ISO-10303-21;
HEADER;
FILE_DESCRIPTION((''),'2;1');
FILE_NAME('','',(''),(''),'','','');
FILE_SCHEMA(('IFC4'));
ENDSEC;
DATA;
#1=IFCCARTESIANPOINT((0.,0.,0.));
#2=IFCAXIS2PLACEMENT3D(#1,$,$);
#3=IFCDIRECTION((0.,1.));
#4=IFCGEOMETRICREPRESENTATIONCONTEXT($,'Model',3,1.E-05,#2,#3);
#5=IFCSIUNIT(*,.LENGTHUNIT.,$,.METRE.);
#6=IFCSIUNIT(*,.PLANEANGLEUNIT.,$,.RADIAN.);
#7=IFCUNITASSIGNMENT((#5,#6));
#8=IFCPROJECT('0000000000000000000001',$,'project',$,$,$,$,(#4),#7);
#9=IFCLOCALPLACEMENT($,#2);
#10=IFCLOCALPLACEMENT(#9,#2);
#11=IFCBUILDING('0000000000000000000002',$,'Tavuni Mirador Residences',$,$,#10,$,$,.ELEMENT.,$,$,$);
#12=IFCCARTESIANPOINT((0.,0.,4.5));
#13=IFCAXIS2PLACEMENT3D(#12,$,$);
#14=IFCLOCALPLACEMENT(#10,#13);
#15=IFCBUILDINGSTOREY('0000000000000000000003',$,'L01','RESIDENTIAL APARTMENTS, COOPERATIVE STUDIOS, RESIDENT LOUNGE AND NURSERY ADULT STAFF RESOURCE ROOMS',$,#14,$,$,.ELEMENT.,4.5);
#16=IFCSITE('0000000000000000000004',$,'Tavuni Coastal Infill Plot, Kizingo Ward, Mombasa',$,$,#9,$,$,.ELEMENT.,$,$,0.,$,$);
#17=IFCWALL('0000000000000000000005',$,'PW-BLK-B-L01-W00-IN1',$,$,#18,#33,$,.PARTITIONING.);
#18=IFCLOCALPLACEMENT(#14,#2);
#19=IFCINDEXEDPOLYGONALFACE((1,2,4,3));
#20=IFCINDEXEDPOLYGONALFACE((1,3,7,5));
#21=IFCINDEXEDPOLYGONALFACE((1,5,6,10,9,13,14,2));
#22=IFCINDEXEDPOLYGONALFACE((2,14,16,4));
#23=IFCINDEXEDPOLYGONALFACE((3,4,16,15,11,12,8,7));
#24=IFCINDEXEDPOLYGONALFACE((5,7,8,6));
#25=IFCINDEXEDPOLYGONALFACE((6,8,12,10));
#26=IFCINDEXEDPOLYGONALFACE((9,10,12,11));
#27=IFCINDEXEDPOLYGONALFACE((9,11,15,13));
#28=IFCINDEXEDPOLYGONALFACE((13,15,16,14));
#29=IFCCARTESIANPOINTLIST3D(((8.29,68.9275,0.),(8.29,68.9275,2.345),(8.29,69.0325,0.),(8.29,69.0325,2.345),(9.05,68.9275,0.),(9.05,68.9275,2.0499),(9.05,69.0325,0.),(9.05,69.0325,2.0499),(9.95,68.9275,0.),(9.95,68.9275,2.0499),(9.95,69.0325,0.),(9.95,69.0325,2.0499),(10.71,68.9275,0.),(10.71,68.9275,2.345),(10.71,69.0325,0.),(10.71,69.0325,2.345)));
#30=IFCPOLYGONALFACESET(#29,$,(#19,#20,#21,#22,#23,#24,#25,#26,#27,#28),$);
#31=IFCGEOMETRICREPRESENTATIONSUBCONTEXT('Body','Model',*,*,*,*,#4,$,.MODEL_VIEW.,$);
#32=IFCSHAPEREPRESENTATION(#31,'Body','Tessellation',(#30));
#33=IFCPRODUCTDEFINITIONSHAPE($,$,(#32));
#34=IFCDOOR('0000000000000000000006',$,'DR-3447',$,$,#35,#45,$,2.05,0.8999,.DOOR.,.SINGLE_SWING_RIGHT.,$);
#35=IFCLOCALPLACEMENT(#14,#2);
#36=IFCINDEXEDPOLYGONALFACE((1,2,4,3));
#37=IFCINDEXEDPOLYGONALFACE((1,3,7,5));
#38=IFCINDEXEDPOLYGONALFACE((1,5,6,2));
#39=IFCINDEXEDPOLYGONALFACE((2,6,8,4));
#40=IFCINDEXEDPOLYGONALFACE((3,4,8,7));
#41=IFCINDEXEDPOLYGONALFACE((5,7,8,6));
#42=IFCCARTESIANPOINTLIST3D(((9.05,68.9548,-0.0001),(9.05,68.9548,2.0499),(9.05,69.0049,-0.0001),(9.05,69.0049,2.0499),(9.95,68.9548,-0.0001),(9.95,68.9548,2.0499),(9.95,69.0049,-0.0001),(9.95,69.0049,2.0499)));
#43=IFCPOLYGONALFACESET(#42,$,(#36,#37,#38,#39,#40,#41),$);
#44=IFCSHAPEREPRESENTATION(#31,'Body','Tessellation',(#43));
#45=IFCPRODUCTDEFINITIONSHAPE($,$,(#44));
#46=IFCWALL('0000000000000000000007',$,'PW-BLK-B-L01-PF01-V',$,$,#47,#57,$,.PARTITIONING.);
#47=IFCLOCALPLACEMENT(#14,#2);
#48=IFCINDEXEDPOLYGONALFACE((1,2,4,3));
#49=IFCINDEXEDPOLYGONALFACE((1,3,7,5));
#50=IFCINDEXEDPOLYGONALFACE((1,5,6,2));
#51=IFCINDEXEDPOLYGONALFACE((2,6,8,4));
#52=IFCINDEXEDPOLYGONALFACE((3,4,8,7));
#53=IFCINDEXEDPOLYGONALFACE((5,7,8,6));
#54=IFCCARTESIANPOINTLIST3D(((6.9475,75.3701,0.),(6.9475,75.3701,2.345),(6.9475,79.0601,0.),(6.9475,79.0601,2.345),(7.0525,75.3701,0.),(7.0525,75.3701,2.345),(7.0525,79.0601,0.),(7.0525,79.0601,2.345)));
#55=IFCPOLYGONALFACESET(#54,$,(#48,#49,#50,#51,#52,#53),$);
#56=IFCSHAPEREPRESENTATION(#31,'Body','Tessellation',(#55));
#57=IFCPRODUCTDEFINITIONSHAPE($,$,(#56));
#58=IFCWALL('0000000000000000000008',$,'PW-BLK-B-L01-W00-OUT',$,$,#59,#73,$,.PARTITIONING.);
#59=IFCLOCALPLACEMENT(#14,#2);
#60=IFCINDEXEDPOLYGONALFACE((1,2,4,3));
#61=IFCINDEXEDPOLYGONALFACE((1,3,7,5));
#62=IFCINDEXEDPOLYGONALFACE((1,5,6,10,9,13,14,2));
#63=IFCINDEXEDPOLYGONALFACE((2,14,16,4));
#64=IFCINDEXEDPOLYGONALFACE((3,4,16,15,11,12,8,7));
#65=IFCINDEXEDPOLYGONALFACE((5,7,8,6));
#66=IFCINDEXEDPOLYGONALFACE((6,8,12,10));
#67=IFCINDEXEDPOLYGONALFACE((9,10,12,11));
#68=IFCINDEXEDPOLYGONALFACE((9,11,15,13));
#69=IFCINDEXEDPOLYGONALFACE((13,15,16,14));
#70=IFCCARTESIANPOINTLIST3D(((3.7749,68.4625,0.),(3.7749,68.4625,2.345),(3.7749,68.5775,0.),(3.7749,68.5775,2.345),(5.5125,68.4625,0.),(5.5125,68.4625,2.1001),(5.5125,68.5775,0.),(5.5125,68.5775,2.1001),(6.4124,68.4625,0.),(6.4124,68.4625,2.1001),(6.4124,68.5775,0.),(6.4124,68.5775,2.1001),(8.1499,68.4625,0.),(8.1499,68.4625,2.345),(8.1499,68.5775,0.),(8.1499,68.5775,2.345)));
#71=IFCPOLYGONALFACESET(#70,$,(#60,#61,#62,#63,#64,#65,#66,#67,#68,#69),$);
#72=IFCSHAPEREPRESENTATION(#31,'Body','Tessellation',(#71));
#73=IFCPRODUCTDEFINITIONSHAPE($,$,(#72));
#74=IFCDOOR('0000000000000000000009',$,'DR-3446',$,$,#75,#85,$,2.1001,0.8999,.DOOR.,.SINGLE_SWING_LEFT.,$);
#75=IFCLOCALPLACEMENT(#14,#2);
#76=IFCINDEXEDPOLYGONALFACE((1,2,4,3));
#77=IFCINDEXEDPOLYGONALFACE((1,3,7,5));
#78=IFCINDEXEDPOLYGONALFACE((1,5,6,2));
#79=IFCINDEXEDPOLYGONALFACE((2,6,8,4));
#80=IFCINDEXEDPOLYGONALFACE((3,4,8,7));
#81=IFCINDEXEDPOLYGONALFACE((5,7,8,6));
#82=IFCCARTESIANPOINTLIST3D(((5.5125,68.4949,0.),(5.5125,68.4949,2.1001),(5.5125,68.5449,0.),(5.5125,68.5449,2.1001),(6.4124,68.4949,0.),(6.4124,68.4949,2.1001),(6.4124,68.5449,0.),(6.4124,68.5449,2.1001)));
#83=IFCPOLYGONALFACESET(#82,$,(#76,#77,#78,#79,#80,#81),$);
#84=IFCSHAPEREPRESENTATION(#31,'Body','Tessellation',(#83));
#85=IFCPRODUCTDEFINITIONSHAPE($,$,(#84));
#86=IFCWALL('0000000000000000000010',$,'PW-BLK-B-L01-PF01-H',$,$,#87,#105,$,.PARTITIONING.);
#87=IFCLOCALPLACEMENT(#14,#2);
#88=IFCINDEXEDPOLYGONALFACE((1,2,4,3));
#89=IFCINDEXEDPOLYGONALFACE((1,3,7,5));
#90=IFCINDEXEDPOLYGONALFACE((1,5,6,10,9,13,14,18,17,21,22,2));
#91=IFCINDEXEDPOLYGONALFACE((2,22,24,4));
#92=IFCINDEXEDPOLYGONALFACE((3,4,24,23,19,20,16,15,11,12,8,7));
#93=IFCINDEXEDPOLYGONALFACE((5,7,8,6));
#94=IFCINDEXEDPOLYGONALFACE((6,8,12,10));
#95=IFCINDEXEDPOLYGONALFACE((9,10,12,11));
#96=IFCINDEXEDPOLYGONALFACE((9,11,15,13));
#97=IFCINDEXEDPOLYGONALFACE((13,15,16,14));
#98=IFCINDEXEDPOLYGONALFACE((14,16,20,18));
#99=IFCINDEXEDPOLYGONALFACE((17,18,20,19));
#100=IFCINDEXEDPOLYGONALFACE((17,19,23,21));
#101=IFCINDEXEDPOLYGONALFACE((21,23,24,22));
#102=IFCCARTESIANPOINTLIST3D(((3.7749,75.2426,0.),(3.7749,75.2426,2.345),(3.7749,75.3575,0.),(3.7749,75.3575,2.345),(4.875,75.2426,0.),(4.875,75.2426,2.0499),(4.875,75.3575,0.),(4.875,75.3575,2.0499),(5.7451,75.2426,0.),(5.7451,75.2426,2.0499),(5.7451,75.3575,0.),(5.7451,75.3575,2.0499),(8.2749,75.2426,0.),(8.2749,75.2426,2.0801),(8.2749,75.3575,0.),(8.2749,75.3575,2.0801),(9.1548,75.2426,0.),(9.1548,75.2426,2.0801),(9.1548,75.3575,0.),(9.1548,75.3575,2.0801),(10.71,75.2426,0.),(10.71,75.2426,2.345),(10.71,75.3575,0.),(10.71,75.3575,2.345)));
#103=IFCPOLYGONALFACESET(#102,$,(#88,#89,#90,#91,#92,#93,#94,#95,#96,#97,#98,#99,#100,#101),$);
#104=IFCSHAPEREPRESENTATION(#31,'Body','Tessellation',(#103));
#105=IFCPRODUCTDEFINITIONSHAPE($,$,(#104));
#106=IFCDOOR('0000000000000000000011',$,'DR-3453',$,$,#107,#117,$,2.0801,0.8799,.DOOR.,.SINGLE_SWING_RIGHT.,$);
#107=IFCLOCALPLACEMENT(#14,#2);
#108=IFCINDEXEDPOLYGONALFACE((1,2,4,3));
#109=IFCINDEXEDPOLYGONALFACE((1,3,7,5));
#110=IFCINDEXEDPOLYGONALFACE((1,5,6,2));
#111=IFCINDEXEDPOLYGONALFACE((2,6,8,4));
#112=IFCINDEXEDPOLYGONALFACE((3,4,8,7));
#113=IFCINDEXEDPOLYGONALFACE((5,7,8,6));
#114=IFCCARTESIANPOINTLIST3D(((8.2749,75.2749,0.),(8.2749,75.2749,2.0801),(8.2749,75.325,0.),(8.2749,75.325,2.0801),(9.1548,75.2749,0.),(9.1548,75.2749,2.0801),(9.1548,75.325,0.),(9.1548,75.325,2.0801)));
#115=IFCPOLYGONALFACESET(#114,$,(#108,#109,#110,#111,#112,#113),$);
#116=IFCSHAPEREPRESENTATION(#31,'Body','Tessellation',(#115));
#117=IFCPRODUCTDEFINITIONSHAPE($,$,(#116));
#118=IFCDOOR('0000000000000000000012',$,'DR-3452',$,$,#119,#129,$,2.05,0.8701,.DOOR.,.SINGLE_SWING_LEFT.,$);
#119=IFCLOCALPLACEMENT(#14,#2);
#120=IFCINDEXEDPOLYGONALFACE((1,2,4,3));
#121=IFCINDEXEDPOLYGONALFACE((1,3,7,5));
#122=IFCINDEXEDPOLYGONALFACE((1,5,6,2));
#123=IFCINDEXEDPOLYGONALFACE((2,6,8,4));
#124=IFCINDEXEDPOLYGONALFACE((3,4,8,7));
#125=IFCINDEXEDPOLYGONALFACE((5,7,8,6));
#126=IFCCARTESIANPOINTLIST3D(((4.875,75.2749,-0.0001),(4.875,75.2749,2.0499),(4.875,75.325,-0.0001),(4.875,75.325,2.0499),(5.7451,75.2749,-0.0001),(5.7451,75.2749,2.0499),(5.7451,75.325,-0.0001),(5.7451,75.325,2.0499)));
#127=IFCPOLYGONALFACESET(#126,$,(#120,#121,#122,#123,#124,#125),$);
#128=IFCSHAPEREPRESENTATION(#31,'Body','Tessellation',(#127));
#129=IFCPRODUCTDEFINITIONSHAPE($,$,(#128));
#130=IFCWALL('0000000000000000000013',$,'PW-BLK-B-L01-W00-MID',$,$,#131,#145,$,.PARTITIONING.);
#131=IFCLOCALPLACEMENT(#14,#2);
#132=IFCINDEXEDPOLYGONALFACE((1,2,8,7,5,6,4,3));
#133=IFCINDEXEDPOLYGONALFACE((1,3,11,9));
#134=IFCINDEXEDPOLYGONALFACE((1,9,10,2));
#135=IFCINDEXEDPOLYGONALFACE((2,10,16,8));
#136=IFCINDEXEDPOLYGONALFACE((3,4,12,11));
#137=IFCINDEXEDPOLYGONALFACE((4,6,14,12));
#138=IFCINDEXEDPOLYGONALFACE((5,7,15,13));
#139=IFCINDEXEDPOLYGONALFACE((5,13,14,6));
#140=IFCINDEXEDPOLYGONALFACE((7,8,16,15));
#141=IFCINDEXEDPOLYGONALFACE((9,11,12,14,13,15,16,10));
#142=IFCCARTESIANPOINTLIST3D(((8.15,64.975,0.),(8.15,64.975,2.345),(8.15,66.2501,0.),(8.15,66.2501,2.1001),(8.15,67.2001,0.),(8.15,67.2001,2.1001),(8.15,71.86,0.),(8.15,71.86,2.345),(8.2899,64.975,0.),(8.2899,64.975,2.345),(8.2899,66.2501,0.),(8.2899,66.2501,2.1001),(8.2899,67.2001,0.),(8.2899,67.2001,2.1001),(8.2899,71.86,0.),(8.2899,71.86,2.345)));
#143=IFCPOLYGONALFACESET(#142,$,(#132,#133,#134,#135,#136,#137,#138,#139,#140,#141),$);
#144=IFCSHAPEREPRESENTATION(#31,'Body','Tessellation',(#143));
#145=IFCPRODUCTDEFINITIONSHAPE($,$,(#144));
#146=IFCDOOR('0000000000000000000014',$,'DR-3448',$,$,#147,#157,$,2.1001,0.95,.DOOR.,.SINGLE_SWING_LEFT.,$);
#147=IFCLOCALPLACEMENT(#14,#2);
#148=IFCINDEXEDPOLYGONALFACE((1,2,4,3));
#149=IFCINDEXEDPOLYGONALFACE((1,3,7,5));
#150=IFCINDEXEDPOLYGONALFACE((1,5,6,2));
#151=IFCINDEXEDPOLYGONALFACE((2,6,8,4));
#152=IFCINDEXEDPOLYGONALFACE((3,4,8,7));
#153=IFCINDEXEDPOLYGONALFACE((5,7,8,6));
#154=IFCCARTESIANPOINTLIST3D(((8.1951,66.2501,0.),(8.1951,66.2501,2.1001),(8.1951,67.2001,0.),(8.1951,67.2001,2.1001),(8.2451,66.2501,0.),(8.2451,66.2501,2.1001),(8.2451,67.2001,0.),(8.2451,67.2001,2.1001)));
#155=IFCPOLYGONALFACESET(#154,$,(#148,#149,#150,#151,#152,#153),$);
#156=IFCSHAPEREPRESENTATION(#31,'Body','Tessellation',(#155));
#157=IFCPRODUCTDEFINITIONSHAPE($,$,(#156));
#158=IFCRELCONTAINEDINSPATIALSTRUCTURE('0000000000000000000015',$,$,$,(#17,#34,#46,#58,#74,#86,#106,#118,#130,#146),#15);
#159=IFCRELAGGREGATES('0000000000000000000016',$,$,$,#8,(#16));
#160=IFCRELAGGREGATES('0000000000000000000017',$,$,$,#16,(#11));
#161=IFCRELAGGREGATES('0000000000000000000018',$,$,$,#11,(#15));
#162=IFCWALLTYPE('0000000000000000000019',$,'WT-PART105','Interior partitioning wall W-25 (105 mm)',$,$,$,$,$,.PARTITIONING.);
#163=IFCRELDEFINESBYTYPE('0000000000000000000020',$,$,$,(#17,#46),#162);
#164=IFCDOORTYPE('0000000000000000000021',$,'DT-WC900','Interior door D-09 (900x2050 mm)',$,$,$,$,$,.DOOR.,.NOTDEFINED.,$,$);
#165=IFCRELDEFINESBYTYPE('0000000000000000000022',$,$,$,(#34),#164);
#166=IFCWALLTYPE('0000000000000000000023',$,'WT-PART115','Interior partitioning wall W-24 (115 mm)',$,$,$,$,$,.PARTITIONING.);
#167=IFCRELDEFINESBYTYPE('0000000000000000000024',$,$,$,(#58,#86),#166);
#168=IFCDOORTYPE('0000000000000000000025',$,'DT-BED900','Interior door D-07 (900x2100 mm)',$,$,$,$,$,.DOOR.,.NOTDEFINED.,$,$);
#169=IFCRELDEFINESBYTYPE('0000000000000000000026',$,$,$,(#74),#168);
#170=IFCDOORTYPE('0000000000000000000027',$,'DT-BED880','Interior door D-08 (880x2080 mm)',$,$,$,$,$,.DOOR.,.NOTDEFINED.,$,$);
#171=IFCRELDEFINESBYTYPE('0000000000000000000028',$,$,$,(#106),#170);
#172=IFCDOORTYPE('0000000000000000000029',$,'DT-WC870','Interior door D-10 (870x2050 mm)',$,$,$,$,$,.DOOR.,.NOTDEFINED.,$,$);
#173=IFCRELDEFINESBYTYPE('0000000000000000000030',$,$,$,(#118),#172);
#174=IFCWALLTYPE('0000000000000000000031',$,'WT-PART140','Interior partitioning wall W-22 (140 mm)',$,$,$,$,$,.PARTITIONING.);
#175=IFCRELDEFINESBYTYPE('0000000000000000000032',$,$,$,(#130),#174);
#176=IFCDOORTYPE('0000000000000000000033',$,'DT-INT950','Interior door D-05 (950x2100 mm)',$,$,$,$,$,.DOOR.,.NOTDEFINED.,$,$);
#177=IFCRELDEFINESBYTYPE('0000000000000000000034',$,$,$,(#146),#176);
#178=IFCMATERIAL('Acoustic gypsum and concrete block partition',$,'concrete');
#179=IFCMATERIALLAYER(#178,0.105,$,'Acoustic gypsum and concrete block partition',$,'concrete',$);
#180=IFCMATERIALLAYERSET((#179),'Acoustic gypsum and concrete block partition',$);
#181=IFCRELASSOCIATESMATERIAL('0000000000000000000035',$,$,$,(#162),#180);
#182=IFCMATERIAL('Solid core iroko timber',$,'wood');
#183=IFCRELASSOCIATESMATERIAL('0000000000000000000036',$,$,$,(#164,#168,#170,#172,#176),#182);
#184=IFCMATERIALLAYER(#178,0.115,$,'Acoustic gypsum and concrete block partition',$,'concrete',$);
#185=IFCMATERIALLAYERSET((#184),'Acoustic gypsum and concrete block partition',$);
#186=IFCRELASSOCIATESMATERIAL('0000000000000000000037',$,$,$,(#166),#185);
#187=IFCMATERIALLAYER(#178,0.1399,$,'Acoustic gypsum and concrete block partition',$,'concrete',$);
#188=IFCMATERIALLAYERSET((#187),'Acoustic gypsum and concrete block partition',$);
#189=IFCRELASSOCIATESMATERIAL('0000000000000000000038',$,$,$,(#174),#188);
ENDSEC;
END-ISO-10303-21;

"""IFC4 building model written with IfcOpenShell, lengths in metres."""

from ifc_helpers import new_model, si_unit, direction, frame, frame_2d, origin, place, context, subcontext, project, spatial, rectangle, extrude, material, layer, layer_set, type_object, element, fill, save


model = new_model("IFC4")

# Units and contexts
model_context = context("Model", 3, precision=1e-05, world=origin(), true_north=direction((0.0, 1.0)))
body_context = subcontext(model_context, "Body", "Model", "MODEL_VIEW")
ifc_project = project(units=[si_unit("LENGTHUNIT", "METRE"), si_unit("PLANEANGLEUNIT", "RADIAN")], contexts=[model_context])

# Site, building, storey
site_placement = place(None, origin())
site = spatial("IfcSite", under=ifc_project, at=site_placement, Name="Tavuni Coastal Infill Plot, Kizingo Ward, Mombasa", CompositionType="ELEMENT", RefElevation=0.0)
building_placement = place(site_placement, origin())
building = spatial("IfcBuilding", under=site, at=building_placement, Name="Tavuni Mirador Residences", CompositionType="ELEMENT")
storey_placement = place(building_placement, frame((0.0, 0.0, 4.5)))
storey = spatial("IfcBuildingStorey", under=building, at=storey_placement, Name="L01", Description="RESIDENTIAL APARTMENTS, COOPERATIVE STUDIOS, RESIDENT LOUNGE AND NURSERY ADULT STAFF RESOURCE ROOMS", CompositionType="ELEMENT", Elevation=4.5)

# Shared definitions
ifc_material_1 = material(Name="Solid core iroko timber", Category="wood")

# Wall, opening, door
ifc_material_2 = material(Name="Acoustic gypsum and concrete block partition", Category="concrete")
ifc_layer_1 = layer(ifc_material_2, 0.105, Name="Acoustic gypsum and concrete block partition", Category="concrete")
ifc_layer_set_1 = layer_set([ifc_layer_1], Name="Acoustic gypsum and concrete block partition")
wall_type_1 = type_object("IfcWallType", Name="WT-PART105", Description="Interior partitioning wall W-25 (105 mm)", PredefinedType="PARTITIONING", material=ifc_layer_set_1)
wall_1_placement = place(storey_placement, frame((8.29, 68.98, 0.0), z_axis=(0.0, 0.0, 1.0), x_axis=(1.0, 0.0, 0.0)))
wall_1 = element("IfcWall", 1, at=wall_1_placement, inside=storey, type_object=wall_type_1, Name="PW-BLK-B-L01-W00-IN1", PredefinedType="PARTITIONING", context=body_context, shape_type="SweptSolid", body=[
    extrude(rectangle(XDim=2.4199, YDim=0.105, at=frame_2d((1.21, 0.0))), origin(), (0.0, 0.0, 1.0), 2.345),
])
opening_1_placement = place(wall_1_placement, frame((0.76, 0.0, 0.0)))
opening_1 = element("IfcOpeningElement", 2, at=opening_1_placement, cuts=wall_1, PredefinedType="OPENING", context=body_context, shape_type="SweptSolid", body=[
    extrude(rectangle(XDim=0.8999, YDim=2.05, at=frame_2d((0.45, 1.0249))), frame((0.0, 0.0625, 0.0), z_axis=(0.0, -1.0, 0.0), x_axis=(1.0, 0.0, 0.0)), (0.0, 0.0, 1.0), 0.125),
])
door_type_1 = type_object("IfcDoorType", Name="DT-WC900", Description="Interior door D-09 (900x2050 mm)", OperationType="NOTDEFINED", PredefinedType="DOOR", material=ifc_material_1)
door_1_placement = place(opening_1_placement, origin())
door_1 = element("IfcDoor", 3, at=door_1_placement, inside=storey, type_object=door_type_1, Name="DR-3447", OperationType="SINGLE_SWING_RIGHT", OverallHeight=2.05, OverallWidth=0.8999, PredefinedType="DOOR", context=body_context, shape_type="SweptSolid", body=[
    extrude(rectangle(XDim=0.8999, YDim=2.05, at=frame_2d((0.45, 1.0249))), frame((0.0, 0.0249, 0.0), z_axis=(0.0, -1.0, 0.0), x_axis=(1.0, 0.0, 0.0)), (0.0, 0.0, 1.0), 0.05),
])
fill(opening_1, door_1)

# Wall
wall_2_placement = place(storey_placement, frame((7.0, 75.3701, 0.0), z_axis=(0.0, 0.0, 1.0), x_axis=(0.0, 1.0, 0.0)))
element("IfcWall", 4, at=wall_2_placement, inside=storey, type_object=wall_type_1, Name="PW-BLK-B-L01-PF01-V", PredefinedType="PARTITIONING", context=body_context, shape_type="SweptSolid", body=[
    extrude(rectangle(XDim=3.6899, YDim=0.105, at=frame_2d((1.845, 0.0))), origin(), (0.0, 0.0, 1.0), 2.345),
])

# Wall, opening, door
ifc_layer_2 = layer(ifc_material_2, 0.115, Name="Acoustic gypsum and concrete block partition", Category="concrete")
ifc_layer_set_2 = layer_set([ifc_layer_2], Name="Acoustic gypsum and concrete block partition")
wall_type_2 = type_object("IfcWallType", Name="WT-PART115", Description="Interior partitioning wall W-24 (115 mm)", PredefinedType="PARTITIONING", material=ifc_layer_set_2)
wall_3_placement = place(storey_placement, frame((3.7749, 68.52, 0.0), z_axis=(0.0, 0.0, 1.0), x_axis=(1.0, 0.0, 0.0)))
wall_3 = element("IfcWall", 5, at=wall_3_placement, inside=storey, type_object=wall_type_2, Name="PW-BLK-B-L01-W00-OUT", PredefinedType="PARTITIONING", context=body_context, shape_type="SweptSolid", body=[
    extrude(rectangle(XDim=4.375, YDim=0.115, at=frame_2d((2.1875, 0.0))), origin(), (0.0, 0.0, 1.0), 2.345),
])
opening_2_placement = place(wall_3_placement, frame((1.7375, 0.0, 0.0)))
opening_2 = element("IfcOpeningElement", 6, at=opening_2_placement, cuts=wall_3, PredefinedType="OPENING", context=body_context, shape_type="SweptSolid", body=[
    extrude(rectangle(XDim=0.8999, YDim=2.1001, at=frame_2d((0.45, 1.05))), frame((0.0, 0.0674, 0.0), z_axis=(0.0, -1.0, 0.0), x_axis=(1.0, 0.0, 0.0)), (0.0, 0.0, 1.0), 0.135),
])
door_type_2 = type_object("IfcDoorType", Name="DT-BED900", Description="Interior door D-07 (900x2100 mm)", OperationType="NOTDEFINED", PredefinedType="DOOR", material=ifc_material_1)
door_2_placement = place(opening_2_placement, origin())
door_2 = element("IfcDoor", 7, at=door_2_placement, inside=storey, type_object=door_type_2, Name="DR-3446", OperationType="SINGLE_SWING_LEFT", OverallHeight=2.1001, OverallWidth=0.8999, PredefinedType="DOOR", context=body_context, shape_type="SweptSolid", body=[
    extrude(rectangle(XDim=0.8999, YDim=2.1001, at=frame_2d((0.45, 1.05))), frame((0.0, 0.0249, 0.0), z_axis=(0.0, -1.0, 0.0), x_axis=(1.0, 0.0, 0.0)), (0.0, 0.0, 1.0), 0.05),
])
fill(opening_2, door_2)

# Wall, openings, doors
wall_4_placement = place(storey_placement, frame((3.7749, 75.3, 0.0), z_axis=(0.0, 0.0, 1.0), x_axis=(1.0, 0.0, 0.0)))
wall_4 = element("IfcWall", 8, at=wall_4_placement, inside=storey, type_object=wall_type_2, Name="PW-BLK-B-L01-PF01-H", PredefinedType="PARTITIONING", context=body_context, shape_type="SweptSolid", body=[
    extrude(rectangle(XDim=6.9351, YDim=0.115, at=frame_2d((3.4675, 0.0))), origin(), (0.0, 0.0, 1.0), 2.345),
])
opening_3_placement = place(wall_4_placement, frame((1.1001, 0.0, 0.0)))
opening_3 = element("IfcOpeningElement", 9, at=opening_3_placement, cuts=wall_4, PredefinedType="OPENING", context=body_context, shape_type="SweptSolid", body=[
    extrude(rectangle(XDim=0.8701, YDim=2.05, at=frame_2d((0.4351, 1.0249))), frame((0.0, 0.0674, 0.0), z_axis=(0.0, -1.0, 0.0), x_axis=(1.0, 0.0, 0.0)), (0.0, 0.0, 1.0), 0.135),
])
opening_4_placement = place(wall_4_placement, frame((4.5, 0.0, 0.0)))
opening_4 = element("IfcOpeningElement", 10, at=opening_4_placement, cuts=wall_4, PredefinedType="OPENING", context=body_context, shape_type="SweptSolid", body=[
    extrude(rectangle(XDim=0.8799, YDim=2.0801, at=frame_2d((0.4399, 1.04))), frame((0.0, 0.0674, 0.0), z_axis=(0.0, -1.0, 0.0), x_axis=(1.0, 0.0, 0.0)), (0.0, 0.0, 1.0), 0.135),
])
door_type_3 = type_object("IfcDoorType", Name="DT-BED880", Description="Interior door D-08 (880x2080 mm)", OperationType="NOTDEFINED", PredefinedType="DOOR", material=ifc_material_1)
door_3_placement = place(opening_4_placement, origin())
door_3 = element("IfcDoor", 11, at=door_3_placement, inside=storey, type_object=door_type_3, Name="DR-3453", OperationType="SINGLE_SWING_RIGHT", OverallHeight=2.0801, OverallWidth=0.8799, PredefinedType="DOOR", context=body_context, shape_type="SweptSolid", body=[
    extrude(rectangle(XDim=0.8799, YDim=2.0801, at=frame_2d((0.4399, 1.04))), frame((0.0, 0.0249, 0.0), z_axis=(0.0, -1.0, 0.0), x_axis=(1.0, 0.0, 0.0)), (0.0, 0.0, 1.0), 0.05),
])
fill(opening_4, door_3)
door_type_4 = type_object("IfcDoorType", Name="DT-WC870", Description="Interior door D-10 (870x2050 mm)", OperationType="NOTDEFINED", PredefinedType="DOOR", material=ifc_material_1)
door_4_placement = place(opening_3_placement, origin())
door_4 = element("IfcDoor", 12, at=door_4_placement, inside=storey, type_object=door_type_4, Name="DR-3452", OperationType="SINGLE_SWING_LEFT", OverallHeight=2.05, OverallWidth=0.8701, PredefinedType="DOOR", context=body_context, shape_type="SweptSolid", body=[
    extrude(rectangle(XDim=0.8701, YDim=2.05, at=frame_2d((0.4351, 1.0249))), frame((0.0, 0.0249, 0.0), z_axis=(0.0, -1.0, 0.0), x_axis=(1.0, 0.0, 0.0)), (0.0, 0.0, 1.0), 0.05),
])
fill(opening_3, door_4)

# Wall, opening, door
ifc_layer_3 = layer(ifc_material_2, 0.1399, Name="Acoustic gypsum and concrete block partition", Category="concrete")
ifc_layer_set_3 = layer_set([ifc_layer_3], Name="Acoustic gypsum and concrete block partition")
wall_type_3 = type_object("IfcWallType", Name="WT-PART140", Description="Interior partitioning wall W-22 (140 mm)", PredefinedType="PARTITIONING", material=ifc_layer_set_3)
wall_5_placement = place(storey_placement, frame((8.22, 64.9751, 0.0), z_axis=(0.0, 0.0, 1.0), x_axis=(0.0, 1.0, 0.0)))
wall_5 = element("IfcWall", 13, at=wall_5_placement, inside=storey, type_object=wall_type_3, Name="PW-BLK-B-L01-W00-MID", PredefinedType="PARTITIONING", context=body_context, shape_type="SweptSolid", body=[
    extrude(rectangle(XDim=6.885, YDim=0.1399, at=frame_2d((3.4424, 0.0))), origin(), (0.0, 0.0, 1.0), 2.345),
])
opening_5_placement = place(wall_5_placement, frame((1.2749, 0.0, 0.0)))
opening_5 = element("IfcOpeningElement", 14, at=opening_5_placement, cuts=wall_5, PredefinedType="OPENING", context=body_context, shape_type="SweptSolid", body=[
    extrude(rectangle(XDim=0.95, YDim=2.1001, at=frame_2d((0.4751, 1.05))), frame((0.0, 0.0801, 0.0), z_axis=(0.0, -1.0, 0.0), x_axis=(1.0, 0.0, 0.0)), (0.0, 0.0, 1.0), 0.1599),
])
door_type_5 = type_object("IfcDoorType", Name="DT-INT950", Description="Interior door D-05 (950x2100 mm)", OperationType="NOTDEFINED", PredefinedType="DOOR", material=ifc_material_1)
door_5_placement = place(opening_5_placement, origin())
door_5 = element("IfcDoor", 15, at=door_5_placement, inside=storey, type_object=door_type_5, Name="DR-3448", OperationType="SINGLE_SWING_LEFT", OverallHeight=2.1001, OverallWidth=0.95, PredefinedType="DOOR", context=body_context, shape_type="SweptSolid", body=[
    extrude(rectangle(XDim=0.95, YDim=2.1001, at=frame_2d((0.4751, 1.05))), frame((0.0, 0.0249, 0.0), z_axis=(0.0, -1.0, 0.0), x_axis=(1.0, 0.0, 0.0)), (0.0, 0.0, 1.0), 0.05),
])
fill(opening_5, door_5)

save(model, "model.ifc")
